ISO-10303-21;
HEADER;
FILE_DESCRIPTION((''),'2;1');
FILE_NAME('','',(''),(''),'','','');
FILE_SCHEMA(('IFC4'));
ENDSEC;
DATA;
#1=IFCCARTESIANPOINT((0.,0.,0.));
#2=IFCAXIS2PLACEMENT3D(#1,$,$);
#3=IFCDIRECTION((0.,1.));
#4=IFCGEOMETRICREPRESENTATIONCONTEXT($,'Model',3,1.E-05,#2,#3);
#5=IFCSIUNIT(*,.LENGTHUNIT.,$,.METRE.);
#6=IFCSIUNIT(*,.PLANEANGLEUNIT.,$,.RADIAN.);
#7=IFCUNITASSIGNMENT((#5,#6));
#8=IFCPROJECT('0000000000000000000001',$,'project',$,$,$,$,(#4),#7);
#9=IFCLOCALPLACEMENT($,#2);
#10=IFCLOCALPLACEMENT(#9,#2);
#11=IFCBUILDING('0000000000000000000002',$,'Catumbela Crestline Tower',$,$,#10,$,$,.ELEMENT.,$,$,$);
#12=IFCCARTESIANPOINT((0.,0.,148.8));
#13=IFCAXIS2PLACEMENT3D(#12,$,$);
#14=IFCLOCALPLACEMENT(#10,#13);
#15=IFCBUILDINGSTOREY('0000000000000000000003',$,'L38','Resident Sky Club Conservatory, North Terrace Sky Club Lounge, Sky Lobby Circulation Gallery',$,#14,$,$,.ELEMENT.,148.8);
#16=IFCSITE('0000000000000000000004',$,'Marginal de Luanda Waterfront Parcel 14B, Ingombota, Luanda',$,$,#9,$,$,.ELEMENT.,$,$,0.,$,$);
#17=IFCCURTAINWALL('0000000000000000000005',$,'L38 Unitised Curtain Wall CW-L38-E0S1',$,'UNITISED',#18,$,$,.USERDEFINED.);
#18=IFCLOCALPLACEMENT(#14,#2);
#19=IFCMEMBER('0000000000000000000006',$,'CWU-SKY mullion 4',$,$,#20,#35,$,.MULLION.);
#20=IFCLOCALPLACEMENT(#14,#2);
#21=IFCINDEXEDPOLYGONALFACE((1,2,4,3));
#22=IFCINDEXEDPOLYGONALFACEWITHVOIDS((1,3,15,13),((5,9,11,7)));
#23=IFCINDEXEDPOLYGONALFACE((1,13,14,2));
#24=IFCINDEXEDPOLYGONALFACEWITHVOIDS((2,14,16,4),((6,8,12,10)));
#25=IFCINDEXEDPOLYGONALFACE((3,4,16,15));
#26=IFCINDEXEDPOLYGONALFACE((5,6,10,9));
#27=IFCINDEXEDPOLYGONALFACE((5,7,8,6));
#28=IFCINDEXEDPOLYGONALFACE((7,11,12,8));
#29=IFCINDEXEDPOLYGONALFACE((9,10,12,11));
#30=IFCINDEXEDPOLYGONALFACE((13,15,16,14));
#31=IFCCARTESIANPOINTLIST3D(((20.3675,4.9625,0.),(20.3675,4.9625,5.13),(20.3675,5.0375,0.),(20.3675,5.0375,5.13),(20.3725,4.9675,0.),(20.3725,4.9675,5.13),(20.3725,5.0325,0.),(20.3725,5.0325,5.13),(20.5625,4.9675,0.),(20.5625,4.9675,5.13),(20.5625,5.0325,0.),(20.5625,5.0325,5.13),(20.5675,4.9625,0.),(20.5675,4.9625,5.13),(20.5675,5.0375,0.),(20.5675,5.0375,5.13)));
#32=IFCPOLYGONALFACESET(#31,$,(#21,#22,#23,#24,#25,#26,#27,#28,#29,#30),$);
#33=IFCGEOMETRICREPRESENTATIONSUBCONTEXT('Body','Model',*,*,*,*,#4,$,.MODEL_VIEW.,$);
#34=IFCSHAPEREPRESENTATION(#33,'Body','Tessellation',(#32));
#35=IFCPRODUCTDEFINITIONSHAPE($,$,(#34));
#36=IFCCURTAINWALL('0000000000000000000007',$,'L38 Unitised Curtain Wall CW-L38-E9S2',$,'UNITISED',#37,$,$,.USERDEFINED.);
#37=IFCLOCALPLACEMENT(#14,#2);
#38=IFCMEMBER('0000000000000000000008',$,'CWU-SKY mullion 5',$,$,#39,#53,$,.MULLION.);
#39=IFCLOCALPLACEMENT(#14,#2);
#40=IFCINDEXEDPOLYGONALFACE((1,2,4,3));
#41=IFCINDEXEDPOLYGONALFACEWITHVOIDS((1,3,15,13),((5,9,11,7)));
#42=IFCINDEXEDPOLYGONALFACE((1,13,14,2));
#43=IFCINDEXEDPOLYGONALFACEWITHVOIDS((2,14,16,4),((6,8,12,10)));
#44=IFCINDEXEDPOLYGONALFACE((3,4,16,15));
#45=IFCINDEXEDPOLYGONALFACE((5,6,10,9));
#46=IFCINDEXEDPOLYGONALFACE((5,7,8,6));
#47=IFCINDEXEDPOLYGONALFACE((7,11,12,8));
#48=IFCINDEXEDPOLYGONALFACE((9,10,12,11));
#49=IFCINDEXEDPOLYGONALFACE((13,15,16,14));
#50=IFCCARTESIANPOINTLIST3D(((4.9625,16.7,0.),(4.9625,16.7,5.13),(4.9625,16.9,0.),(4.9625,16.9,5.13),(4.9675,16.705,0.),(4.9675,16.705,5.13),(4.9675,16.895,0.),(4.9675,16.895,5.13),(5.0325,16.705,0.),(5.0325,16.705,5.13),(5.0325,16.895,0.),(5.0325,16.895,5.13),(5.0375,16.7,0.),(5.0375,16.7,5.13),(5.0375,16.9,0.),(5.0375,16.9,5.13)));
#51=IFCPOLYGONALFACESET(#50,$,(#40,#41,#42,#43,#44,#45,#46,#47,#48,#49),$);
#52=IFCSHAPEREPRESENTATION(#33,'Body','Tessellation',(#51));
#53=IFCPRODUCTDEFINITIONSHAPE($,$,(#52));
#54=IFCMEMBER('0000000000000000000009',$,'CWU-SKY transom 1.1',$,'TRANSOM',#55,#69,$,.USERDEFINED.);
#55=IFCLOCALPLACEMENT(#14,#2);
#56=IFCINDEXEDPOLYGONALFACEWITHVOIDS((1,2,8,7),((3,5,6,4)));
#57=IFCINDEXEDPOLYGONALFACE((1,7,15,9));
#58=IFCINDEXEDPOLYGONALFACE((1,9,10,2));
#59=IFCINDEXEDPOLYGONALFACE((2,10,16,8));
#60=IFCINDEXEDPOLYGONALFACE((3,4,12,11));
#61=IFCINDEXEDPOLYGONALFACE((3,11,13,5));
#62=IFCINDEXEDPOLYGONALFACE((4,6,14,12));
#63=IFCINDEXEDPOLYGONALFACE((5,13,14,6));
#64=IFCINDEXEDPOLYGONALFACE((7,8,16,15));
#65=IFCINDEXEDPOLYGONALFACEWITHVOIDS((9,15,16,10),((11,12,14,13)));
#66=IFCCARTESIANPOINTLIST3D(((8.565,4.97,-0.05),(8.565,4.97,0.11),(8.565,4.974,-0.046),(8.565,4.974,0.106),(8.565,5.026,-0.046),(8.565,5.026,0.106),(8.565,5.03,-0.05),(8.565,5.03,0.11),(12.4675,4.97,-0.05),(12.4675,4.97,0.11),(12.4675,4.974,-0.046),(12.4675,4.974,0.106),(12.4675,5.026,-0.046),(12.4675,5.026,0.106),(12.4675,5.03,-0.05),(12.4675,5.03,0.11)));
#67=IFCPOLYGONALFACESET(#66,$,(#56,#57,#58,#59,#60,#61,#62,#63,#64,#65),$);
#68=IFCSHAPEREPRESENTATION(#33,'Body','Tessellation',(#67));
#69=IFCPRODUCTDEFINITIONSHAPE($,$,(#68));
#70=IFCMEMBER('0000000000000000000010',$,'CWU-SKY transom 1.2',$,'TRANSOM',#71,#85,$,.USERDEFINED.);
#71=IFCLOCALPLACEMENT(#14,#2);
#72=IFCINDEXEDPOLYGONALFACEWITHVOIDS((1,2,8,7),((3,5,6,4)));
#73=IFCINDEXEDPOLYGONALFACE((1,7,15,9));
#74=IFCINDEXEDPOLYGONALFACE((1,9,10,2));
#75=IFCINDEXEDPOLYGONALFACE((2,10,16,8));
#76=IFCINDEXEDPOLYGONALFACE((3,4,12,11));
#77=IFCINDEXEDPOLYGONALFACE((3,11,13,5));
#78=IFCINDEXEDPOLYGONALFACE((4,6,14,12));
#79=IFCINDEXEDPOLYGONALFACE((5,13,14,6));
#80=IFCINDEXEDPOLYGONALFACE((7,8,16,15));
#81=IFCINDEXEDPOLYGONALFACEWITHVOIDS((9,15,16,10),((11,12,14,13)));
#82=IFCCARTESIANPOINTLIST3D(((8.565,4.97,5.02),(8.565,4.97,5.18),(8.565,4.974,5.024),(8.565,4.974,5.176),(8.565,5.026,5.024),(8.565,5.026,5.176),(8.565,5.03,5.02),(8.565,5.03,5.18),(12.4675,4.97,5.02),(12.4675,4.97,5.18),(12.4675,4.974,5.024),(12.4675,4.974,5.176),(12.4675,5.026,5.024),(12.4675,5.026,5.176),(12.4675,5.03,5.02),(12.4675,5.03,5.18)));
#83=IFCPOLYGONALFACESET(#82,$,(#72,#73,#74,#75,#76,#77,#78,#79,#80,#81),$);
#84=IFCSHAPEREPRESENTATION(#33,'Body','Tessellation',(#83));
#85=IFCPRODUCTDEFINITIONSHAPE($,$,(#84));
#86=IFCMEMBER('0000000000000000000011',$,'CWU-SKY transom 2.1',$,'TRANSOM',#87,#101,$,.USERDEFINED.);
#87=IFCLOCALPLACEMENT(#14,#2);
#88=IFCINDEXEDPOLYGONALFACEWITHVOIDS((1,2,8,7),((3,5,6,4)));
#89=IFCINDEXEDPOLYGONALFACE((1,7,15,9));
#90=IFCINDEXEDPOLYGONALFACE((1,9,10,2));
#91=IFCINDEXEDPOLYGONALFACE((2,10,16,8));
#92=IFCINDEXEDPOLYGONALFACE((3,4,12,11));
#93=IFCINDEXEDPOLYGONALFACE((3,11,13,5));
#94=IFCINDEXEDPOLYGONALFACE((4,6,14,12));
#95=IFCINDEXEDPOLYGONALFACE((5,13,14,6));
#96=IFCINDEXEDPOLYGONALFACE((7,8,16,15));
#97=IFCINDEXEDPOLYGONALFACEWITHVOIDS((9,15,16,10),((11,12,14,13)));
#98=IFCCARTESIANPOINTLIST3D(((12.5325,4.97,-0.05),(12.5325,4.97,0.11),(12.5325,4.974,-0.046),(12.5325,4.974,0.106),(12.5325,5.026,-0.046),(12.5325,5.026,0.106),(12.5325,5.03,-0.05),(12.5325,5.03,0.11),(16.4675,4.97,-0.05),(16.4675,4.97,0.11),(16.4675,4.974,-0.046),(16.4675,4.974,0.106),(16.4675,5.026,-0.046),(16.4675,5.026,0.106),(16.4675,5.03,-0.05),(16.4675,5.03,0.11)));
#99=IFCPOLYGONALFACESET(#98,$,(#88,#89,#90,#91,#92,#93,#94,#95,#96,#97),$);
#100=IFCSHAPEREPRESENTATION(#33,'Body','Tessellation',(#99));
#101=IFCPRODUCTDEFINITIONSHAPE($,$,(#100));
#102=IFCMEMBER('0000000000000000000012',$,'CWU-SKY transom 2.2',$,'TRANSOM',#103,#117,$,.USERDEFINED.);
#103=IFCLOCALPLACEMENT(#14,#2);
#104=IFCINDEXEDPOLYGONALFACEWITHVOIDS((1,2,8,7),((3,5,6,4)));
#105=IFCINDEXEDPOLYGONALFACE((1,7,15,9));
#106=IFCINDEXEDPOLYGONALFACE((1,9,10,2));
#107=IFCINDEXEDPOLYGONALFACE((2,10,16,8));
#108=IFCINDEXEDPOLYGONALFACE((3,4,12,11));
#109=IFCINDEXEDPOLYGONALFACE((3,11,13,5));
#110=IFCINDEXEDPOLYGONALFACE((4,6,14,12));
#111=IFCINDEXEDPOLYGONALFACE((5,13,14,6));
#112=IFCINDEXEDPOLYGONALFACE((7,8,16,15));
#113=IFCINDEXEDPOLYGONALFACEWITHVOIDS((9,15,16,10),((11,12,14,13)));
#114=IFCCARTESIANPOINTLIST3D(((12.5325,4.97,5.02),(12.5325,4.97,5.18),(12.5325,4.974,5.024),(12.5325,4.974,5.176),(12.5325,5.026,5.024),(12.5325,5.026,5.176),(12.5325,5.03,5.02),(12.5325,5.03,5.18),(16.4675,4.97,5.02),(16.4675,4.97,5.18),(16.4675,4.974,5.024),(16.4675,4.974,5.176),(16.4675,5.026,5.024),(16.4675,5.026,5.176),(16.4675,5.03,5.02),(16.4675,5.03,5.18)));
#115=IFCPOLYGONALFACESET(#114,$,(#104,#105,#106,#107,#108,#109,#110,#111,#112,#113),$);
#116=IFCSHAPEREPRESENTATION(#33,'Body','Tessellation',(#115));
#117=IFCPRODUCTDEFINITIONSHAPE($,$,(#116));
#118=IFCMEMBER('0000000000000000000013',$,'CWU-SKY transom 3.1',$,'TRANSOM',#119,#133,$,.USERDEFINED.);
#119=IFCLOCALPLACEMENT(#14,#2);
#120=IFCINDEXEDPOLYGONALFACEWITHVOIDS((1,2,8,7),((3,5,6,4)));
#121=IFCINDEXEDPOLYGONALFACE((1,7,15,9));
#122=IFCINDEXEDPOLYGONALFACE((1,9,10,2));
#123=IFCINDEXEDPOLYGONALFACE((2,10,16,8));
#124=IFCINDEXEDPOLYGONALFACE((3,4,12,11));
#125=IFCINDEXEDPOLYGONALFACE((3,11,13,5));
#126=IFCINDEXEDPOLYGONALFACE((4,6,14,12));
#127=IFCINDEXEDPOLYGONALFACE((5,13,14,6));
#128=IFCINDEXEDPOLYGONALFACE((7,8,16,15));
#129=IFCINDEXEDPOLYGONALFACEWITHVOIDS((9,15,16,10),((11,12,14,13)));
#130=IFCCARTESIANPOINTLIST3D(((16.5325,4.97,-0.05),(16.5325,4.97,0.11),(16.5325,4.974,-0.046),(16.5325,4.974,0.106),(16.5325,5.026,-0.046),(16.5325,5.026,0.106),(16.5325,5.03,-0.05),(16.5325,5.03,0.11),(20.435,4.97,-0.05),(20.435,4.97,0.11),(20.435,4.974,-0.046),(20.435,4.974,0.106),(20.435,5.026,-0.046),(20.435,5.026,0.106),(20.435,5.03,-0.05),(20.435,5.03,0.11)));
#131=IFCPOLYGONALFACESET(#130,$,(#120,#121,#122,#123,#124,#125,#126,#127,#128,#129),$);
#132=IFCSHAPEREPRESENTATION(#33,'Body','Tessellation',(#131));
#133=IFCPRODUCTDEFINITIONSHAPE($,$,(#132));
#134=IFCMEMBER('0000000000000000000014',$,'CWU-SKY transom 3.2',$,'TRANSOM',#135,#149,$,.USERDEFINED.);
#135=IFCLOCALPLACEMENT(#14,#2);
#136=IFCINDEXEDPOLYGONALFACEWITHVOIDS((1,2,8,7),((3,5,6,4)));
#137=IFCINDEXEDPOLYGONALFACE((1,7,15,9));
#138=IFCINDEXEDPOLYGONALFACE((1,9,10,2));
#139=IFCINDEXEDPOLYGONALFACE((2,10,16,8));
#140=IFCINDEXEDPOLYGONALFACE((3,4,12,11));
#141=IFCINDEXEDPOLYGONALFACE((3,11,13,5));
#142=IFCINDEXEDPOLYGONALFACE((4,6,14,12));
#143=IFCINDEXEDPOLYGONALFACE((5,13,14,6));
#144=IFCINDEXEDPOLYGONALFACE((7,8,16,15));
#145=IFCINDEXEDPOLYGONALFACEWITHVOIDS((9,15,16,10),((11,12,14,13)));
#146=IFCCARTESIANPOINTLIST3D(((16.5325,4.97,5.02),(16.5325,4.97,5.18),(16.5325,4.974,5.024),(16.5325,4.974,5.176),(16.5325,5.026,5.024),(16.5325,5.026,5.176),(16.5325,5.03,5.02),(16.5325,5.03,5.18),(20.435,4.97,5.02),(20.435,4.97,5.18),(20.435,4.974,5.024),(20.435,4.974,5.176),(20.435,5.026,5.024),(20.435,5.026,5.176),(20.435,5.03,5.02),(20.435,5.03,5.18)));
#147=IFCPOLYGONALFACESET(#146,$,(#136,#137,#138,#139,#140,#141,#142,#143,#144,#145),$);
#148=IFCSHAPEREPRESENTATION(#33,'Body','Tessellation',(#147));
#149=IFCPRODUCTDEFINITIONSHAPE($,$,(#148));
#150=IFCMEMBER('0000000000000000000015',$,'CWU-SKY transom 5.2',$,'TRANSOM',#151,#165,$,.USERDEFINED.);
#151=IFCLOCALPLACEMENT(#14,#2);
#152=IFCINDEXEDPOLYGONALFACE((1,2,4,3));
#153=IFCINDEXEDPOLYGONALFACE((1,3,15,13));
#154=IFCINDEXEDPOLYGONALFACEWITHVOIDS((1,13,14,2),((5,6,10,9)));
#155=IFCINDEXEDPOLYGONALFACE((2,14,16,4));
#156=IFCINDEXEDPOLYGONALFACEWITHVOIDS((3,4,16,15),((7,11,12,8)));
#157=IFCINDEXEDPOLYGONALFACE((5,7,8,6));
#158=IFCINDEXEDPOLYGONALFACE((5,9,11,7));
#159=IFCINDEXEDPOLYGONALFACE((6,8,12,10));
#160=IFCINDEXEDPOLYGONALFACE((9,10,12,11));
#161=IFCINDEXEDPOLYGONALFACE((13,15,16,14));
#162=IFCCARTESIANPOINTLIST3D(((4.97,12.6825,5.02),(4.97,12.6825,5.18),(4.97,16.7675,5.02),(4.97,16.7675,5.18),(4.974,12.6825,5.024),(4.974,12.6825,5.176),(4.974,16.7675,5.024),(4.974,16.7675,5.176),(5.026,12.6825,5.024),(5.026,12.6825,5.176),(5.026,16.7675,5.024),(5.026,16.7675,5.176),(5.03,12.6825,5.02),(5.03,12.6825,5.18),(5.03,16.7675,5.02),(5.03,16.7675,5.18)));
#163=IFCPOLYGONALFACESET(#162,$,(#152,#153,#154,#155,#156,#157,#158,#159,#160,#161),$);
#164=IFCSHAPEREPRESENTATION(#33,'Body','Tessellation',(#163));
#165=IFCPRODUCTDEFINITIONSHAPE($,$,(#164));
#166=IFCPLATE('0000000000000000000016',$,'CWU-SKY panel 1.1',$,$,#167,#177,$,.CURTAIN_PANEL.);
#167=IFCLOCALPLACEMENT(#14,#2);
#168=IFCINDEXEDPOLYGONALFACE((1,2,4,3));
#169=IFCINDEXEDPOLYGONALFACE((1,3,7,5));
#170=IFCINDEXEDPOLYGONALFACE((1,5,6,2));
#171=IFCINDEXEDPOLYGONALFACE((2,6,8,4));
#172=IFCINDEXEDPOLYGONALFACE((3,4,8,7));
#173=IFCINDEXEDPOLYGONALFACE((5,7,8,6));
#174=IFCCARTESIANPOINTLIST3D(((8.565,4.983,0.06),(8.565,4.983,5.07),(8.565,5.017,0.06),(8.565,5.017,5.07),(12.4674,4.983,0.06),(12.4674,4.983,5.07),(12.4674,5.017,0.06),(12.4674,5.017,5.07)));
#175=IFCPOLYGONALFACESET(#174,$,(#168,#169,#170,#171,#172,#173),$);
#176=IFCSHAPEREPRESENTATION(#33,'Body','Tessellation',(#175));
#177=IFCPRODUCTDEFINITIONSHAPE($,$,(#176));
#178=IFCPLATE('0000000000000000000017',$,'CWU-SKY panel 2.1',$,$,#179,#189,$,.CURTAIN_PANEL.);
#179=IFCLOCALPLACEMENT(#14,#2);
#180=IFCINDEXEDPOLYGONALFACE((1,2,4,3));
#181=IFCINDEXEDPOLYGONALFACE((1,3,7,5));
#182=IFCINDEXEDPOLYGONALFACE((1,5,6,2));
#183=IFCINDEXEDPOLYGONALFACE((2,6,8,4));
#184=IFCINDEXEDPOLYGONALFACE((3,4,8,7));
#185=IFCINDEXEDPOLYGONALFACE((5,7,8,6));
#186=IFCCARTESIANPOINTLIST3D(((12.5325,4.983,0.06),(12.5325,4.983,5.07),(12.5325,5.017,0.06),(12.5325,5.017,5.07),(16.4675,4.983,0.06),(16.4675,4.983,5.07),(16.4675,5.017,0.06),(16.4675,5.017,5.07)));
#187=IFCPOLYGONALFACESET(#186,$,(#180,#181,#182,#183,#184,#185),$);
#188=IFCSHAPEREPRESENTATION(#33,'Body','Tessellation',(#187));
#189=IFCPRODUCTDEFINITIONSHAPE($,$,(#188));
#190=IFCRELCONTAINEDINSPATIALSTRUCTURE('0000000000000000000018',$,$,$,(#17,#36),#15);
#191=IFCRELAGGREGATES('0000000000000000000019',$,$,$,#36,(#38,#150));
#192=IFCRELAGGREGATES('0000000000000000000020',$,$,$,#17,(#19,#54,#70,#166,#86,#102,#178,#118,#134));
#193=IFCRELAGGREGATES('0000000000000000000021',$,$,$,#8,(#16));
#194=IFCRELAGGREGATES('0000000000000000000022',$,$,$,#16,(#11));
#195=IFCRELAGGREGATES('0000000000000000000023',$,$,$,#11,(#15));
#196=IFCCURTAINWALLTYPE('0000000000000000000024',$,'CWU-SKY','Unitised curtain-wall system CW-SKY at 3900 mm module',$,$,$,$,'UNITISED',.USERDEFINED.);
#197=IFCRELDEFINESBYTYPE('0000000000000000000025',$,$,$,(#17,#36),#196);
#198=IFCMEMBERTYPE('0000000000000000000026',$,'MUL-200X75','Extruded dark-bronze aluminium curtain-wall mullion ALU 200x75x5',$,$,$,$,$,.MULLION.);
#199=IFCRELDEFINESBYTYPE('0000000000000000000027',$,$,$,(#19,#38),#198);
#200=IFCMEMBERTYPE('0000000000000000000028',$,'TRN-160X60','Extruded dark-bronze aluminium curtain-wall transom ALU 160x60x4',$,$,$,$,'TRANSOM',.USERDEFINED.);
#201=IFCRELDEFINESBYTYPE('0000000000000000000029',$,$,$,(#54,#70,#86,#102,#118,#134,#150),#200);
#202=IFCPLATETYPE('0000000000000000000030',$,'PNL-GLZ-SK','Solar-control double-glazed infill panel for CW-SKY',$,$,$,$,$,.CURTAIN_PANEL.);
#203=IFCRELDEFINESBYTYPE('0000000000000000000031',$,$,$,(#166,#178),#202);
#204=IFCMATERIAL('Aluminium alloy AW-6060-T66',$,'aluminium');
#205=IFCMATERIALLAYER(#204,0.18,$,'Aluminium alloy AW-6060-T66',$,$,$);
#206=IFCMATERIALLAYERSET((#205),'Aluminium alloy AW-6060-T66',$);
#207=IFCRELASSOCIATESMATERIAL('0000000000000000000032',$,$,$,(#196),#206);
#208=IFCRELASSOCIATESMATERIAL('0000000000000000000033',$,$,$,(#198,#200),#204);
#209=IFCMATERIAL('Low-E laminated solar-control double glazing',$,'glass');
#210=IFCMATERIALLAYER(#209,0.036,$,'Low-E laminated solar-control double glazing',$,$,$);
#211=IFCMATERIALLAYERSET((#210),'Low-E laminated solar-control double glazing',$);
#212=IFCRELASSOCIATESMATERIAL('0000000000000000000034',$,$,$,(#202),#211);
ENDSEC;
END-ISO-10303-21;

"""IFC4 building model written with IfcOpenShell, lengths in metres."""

from ifc_helpers import new_model, si_unit, direction, frame, origin, origin_2d, place, context, subcontext, project, spatial, rectangle, hollow_rectangle, extrude, material, layer, layer_set, material_profile, profile_set, type_object, element, aggregate, save


model = new_model("IFC4")

# Units and contexts
model_context = context("Model", 3, precision=1e-05, world=origin(), true_north=direction((0.0, 1.0)))
body_context = subcontext(model_context, "Body", "Model", "MODEL_VIEW")
ifc_project = project(units=[si_unit("LENGTHUNIT", "METRE"), si_unit("PLANEANGLEUNIT", "RADIAN")], contexts=[model_context])

# Site, building, storey
site_placement = place(None, origin())
site = spatial("IfcSite", under=ifc_project, at=site_placement, Name="Marginal de Luanda Waterfront Parcel 14B, Ingombota, Luanda", CompositionType="ELEMENT", RefElevation=0.0)
building_placement = place(site_placement, origin())
building = spatial("IfcBuilding", under=site, at=building_placement, Name="Catumbela Crestline Tower", CompositionType="ELEMENT")
storey_placement = place(building_placement, frame((0.0, 0.0, 148.8)))
storey = spatial("IfcBuildingStorey", under=building, at=storey_placement, Name="L38", Description="Resident Sky Club Conservatory, North Terrace Sky Club Lounge, Sky Lobby Circulation Gallery", CompositionType="ELEMENT", Elevation=148.8)

# Curtain wall, member
ifc_material_1 = material(Name="Aluminium alloy AW-6060-T66", Category="aluminium")
ifc_layer_1 = layer(ifc_material_1, 0.18, Name="Aluminium alloy AW-6060-T66")
ifc_layer_set_1 = layer_set([ifc_layer_1], Name="Aluminium alloy AW-6060-T66")
curtain_wall_type = type_object("IfcCurtainWallType", Name="CWU-SKY", Description="Unitised curtain-wall system CW-SKY at 3900 mm module", ElementType="UNITISED", PredefinedType="USERDEFINED", material=ifc_layer_set_1)
curtain_wall_1_placement = place(storey_placement, origin())
curtain_wall_1 = element("IfcCurtainWall", 1, at=curtain_wall_1_placement, inside=storey, type_object=curtain_wall_type, Name="L38 Unitised Curtain Wall CW-L38-E0S1", ObjectType="UNITISED", PredefinedType="USERDEFINED")
ifc_material_profile_1 = material_profile(ifc_material_1, hollow_rectangle(XDim=0.075, YDim=0.2, WallThickness=0.005, at=origin_2d()), Name="ALU 200x75x5")
ifc_profile_set_1 = profile_set([ifc_material_profile_1], Name="Aluminium alloy AW-6060-T66")
member_type_1 = type_object("IfcMemberType", Name="MUL-200X75", Description="Extruded dark-bronze aluminium curtain-wall mullion ALU 200x75x5", PredefinedType="MULLION", material=ifc_profile_set_1)
member_1_placement = place(storey_placement, frame((20.4675, 5.0, 0.0), z_axis=(0.0, 0.0, 1.0), x_axis=(0.0, 1.0, 0.0)))
member_1 = element("IfcMember", 2, at=member_1_placement, type_object=member_type_1, Name="CWU-SKY mullion 4", PredefinedType="MULLION", context=body_context, shape_type="SweptSolid", body=[
    extrude(hollow_rectangle(XDim=0.075, YDim=0.2, WallThickness=0.005, at=origin_2d()), origin(), (0.0, 0.0, 1.0), 5.13),
])

# Curtain wall, member
curtain_wall_2_placement = place(storey_placement, origin())
curtain_wall_2 = element("IfcCurtainWall", 3, at=curtain_wall_2_placement, inside=storey, type_object=curtain_wall_type, Name="L38 Unitised Curtain Wall CW-L38-E9S2", ObjectType="UNITISED", PredefinedType="USERDEFINED")
member_2_placement = place(storey_placement, frame((5.0, 16.8, 0.0), z_axis=(0.0, 0.0, 1.0), x_axis=(1.0, 0.0, 0.0)))
member_2 = element("IfcMember", 4, at=member_2_placement, type_object=member_type_1, Name="CWU-SKY mullion 5", PredefinedType="MULLION", context=body_context, shape_type="SweptSolid", body=[
    extrude(hollow_rectangle(XDim=0.075, YDim=0.2, WallThickness=0.005, at=origin_2d()), origin(), (0.0, 0.0, 1.0), 5.13),
])

# Members
ifc_material_profile_2 = material_profile(ifc_material_1, hollow_rectangle(XDim=0.06, YDim=0.16, WallThickness=0.004, at=origin_2d()), Name="ALU 160x60x4")
ifc_profile_set_2 = profile_set([ifc_material_profile_2], Name="Aluminium alloy AW-6060-T66")
member_type_2 = type_object("IfcMemberType", Name="TRN-160X60", Description="Extruded dark-bronze aluminium curtain-wall transom ALU 160x60x4", ElementType="TRANSOM", PredefinedType="USERDEFINED", material=ifc_profile_set_2)
member_3_placement = place(storey_placement, frame((8.565, 5.0, 0.03), z_axis=(1.0, 0.0, 0.0), x_axis=(0.0, 1.0, 0.0)))
member_3 = element("IfcMember", 5, at=member_3_placement, type_object=member_type_2, Name="CWU-SKY transom 1.1", ObjectType="TRANSOM", PredefinedType="USERDEFINED", context=body_context, shape_type="SweptSolid", body=[
    extrude(hollow_rectangle(XDim=0.06, YDim=0.16, WallThickness=0.004, at=origin_2d()), origin(), (0.0, 0.0, 1.0), 3.9025),
])
member_4_placement = place(storey_placement, frame((8.565, 5.0, 5.1), z_axis=(1.0, 0.0, 0.0), x_axis=(0.0, 1.0, 0.0)))
member_4 = element("IfcMember", 6, at=member_4_placement, type_object=member_type_2, Name="CWU-SKY transom 1.2", ObjectType="TRANSOM", PredefinedType="USERDEFINED", context=body_context, shape_type="SweptSolid", body=[
    extrude(hollow_rectangle(XDim=0.06, YDim=0.16, WallThickness=0.004, at=origin_2d()), origin(), (0.0, 0.0, 1.0), 3.9025),
])
member_5_placement = place(storey_placement, frame((12.5325, 5.0, 0.03), z_axis=(1.0, 0.0, 0.0), x_axis=(0.0, 1.0, 0.0)))
member_5 = element("IfcMember", 7, at=member_5_placement, type_object=member_type_2, Name="CWU-SKY transom 2.1", ObjectType="TRANSOM", PredefinedType="USERDEFINED", context=body_context, shape_type="SweptSolid", body=[
    extrude(hollow_rectangle(XDim=0.06, YDim=0.16, WallThickness=0.004, at=origin_2d()), origin(), (0.0, 0.0, 1.0), 3.935),
])
member_6_placement = place(storey_placement, frame((12.5325, 5.0, 5.1), z_axis=(1.0, 0.0, 0.0), x_axis=(0.0, 1.0, 0.0)))
member_6 = element("IfcMember", 8, at=member_6_placement, type_object=member_type_2, Name="CWU-SKY transom 2.2", ObjectType="TRANSOM", PredefinedType="USERDEFINED", context=body_context, shape_type="SweptSolid", body=[
    extrude(hollow_rectangle(XDim=0.06, YDim=0.16, WallThickness=0.004, at=origin_2d()), origin(), (0.0, 0.0, 1.0), 3.935),
])
member_7_placement = place(storey_placement, frame((16.5325, 5.0, 0.03), z_axis=(1.0, 0.0, 0.0), x_axis=(0.0, 1.0, 0.0)))
member_7 = element("IfcMember", 9, at=member_7_placement, type_object=member_type_2, Name="CWU-SKY transom 3.1", ObjectType="TRANSOM", PredefinedType="USERDEFINED", context=body_context, shape_type="SweptSolid", body=[
    extrude(hollow_rectangle(XDim=0.06, YDim=0.16, WallThickness=0.004, at=origin_2d()), origin(), (0.0, 0.0, 1.0), 3.9025),
])
member_8_placement = place(storey_placement, frame((16.5325, 5.0, 5.1), z_axis=(1.0, 0.0, 0.0), x_axis=(0.0, 1.0, 0.0)))
member_8 = element("IfcMember", 10, at=member_8_placement, type_object=member_type_2, Name="CWU-SKY transom 3.2", ObjectType="TRANSOM", PredefinedType="USERDEFINED", context=body_context, shape_type="SweptSolid", body=[
    extrude(hollow_rectangle(XDim=0.06, YDim=0.16, WallThickness=0.004, at=origin_2d()), origin(), (0.0, 0.0, 1.0), 3.9025),
])
member_9_placement = place(storey_placement, frame((5.0, 16.7675, 5.1), z_axis=(0.0, -1.0, 0.0), x_axis=(1.0, 0.0, 0.0)))
member_9 = element("IfcMember", 11, at=member_9_placement, type_object=member_type_2, Name="CWU-SKY transom 5.2", ObjectType="TRANSOM", PredefinedType="USERDEFINED", context=body_context, shape_type="SweptSolid", body=[
    extrude(hollow_rectangle(XDim=0.06, YDim=0.16, WallThickness=0.004, at=origin_2d()), origin(), (0.0, 0.0, 1.0), 4.085),
])
aggregate(curtain_wall_2, [member_2, member_9])

# Plates
ifc_material_2 = material(Name="Low-E laminated solar-control double glazing", Category="glass")
ifc_layer_2 = layer(ifc_material_2, 0.036, Name="Low-E laminated solar-control double glazing")
ifc_layer_set_2 = layer_set([ifc_layer_2], Name="Low-E laminated solar-control double glazing")
plate_type = type_object("IfcPlateType", Name="PNL-GLZ-SK", Description="Solar-control double-glazed infill panel for CW-SKY", PredefinedType="CURTAIN_PANEL", material=ifc_layer_set_2)
plate_1_placement = place(storey_placement, frame((10.5162, 5.0, 0.06), z_axis=(0.0, 0.0, 1.0), x_axis=(1.0, 0.0, 0.0)))
plate_1 = element("IfcPlate", 12, at=plate_1_placement, type_object=plate_type, Name="CWU-SKY panel 1.1", PredefinedType="CURTAIN_PANEL", context=body_context, shape_type="SweptSolid", body=[
    extrude(rectangle(XDim=3.9025, YDim=0.034, at=origin_2d()), origin(), (0.0, 0.0, 1.0), 5.01),
])
plate_2_placement = place(storey_placement, frame((14.5, 5.0, 0.06), z_axis=(0.0, 0.0, 1.0), x_axis=(1.0, 0.0, 0.0)))
plate_2 = element("IfcPlate", 13, at=plate_2_placement, type_object=plate_type, Name="CWU-SKY panel 2.1", PredefinedType="CURTAIN_PANEL", context=body_context, shape_type="SweptSolid", body=[
    extrude(rectangle(XDim=3.935, YDim=0.034, at=origin_2d()), origin(), (0.0, 0.0, 1.0), 5.01),
])
aggregate(curtain_wall_1, [member_1, member_3, member_4, plate_1, member_5, member_6, plate_2, member_7, member_8])

save(model, "model.ifc")
